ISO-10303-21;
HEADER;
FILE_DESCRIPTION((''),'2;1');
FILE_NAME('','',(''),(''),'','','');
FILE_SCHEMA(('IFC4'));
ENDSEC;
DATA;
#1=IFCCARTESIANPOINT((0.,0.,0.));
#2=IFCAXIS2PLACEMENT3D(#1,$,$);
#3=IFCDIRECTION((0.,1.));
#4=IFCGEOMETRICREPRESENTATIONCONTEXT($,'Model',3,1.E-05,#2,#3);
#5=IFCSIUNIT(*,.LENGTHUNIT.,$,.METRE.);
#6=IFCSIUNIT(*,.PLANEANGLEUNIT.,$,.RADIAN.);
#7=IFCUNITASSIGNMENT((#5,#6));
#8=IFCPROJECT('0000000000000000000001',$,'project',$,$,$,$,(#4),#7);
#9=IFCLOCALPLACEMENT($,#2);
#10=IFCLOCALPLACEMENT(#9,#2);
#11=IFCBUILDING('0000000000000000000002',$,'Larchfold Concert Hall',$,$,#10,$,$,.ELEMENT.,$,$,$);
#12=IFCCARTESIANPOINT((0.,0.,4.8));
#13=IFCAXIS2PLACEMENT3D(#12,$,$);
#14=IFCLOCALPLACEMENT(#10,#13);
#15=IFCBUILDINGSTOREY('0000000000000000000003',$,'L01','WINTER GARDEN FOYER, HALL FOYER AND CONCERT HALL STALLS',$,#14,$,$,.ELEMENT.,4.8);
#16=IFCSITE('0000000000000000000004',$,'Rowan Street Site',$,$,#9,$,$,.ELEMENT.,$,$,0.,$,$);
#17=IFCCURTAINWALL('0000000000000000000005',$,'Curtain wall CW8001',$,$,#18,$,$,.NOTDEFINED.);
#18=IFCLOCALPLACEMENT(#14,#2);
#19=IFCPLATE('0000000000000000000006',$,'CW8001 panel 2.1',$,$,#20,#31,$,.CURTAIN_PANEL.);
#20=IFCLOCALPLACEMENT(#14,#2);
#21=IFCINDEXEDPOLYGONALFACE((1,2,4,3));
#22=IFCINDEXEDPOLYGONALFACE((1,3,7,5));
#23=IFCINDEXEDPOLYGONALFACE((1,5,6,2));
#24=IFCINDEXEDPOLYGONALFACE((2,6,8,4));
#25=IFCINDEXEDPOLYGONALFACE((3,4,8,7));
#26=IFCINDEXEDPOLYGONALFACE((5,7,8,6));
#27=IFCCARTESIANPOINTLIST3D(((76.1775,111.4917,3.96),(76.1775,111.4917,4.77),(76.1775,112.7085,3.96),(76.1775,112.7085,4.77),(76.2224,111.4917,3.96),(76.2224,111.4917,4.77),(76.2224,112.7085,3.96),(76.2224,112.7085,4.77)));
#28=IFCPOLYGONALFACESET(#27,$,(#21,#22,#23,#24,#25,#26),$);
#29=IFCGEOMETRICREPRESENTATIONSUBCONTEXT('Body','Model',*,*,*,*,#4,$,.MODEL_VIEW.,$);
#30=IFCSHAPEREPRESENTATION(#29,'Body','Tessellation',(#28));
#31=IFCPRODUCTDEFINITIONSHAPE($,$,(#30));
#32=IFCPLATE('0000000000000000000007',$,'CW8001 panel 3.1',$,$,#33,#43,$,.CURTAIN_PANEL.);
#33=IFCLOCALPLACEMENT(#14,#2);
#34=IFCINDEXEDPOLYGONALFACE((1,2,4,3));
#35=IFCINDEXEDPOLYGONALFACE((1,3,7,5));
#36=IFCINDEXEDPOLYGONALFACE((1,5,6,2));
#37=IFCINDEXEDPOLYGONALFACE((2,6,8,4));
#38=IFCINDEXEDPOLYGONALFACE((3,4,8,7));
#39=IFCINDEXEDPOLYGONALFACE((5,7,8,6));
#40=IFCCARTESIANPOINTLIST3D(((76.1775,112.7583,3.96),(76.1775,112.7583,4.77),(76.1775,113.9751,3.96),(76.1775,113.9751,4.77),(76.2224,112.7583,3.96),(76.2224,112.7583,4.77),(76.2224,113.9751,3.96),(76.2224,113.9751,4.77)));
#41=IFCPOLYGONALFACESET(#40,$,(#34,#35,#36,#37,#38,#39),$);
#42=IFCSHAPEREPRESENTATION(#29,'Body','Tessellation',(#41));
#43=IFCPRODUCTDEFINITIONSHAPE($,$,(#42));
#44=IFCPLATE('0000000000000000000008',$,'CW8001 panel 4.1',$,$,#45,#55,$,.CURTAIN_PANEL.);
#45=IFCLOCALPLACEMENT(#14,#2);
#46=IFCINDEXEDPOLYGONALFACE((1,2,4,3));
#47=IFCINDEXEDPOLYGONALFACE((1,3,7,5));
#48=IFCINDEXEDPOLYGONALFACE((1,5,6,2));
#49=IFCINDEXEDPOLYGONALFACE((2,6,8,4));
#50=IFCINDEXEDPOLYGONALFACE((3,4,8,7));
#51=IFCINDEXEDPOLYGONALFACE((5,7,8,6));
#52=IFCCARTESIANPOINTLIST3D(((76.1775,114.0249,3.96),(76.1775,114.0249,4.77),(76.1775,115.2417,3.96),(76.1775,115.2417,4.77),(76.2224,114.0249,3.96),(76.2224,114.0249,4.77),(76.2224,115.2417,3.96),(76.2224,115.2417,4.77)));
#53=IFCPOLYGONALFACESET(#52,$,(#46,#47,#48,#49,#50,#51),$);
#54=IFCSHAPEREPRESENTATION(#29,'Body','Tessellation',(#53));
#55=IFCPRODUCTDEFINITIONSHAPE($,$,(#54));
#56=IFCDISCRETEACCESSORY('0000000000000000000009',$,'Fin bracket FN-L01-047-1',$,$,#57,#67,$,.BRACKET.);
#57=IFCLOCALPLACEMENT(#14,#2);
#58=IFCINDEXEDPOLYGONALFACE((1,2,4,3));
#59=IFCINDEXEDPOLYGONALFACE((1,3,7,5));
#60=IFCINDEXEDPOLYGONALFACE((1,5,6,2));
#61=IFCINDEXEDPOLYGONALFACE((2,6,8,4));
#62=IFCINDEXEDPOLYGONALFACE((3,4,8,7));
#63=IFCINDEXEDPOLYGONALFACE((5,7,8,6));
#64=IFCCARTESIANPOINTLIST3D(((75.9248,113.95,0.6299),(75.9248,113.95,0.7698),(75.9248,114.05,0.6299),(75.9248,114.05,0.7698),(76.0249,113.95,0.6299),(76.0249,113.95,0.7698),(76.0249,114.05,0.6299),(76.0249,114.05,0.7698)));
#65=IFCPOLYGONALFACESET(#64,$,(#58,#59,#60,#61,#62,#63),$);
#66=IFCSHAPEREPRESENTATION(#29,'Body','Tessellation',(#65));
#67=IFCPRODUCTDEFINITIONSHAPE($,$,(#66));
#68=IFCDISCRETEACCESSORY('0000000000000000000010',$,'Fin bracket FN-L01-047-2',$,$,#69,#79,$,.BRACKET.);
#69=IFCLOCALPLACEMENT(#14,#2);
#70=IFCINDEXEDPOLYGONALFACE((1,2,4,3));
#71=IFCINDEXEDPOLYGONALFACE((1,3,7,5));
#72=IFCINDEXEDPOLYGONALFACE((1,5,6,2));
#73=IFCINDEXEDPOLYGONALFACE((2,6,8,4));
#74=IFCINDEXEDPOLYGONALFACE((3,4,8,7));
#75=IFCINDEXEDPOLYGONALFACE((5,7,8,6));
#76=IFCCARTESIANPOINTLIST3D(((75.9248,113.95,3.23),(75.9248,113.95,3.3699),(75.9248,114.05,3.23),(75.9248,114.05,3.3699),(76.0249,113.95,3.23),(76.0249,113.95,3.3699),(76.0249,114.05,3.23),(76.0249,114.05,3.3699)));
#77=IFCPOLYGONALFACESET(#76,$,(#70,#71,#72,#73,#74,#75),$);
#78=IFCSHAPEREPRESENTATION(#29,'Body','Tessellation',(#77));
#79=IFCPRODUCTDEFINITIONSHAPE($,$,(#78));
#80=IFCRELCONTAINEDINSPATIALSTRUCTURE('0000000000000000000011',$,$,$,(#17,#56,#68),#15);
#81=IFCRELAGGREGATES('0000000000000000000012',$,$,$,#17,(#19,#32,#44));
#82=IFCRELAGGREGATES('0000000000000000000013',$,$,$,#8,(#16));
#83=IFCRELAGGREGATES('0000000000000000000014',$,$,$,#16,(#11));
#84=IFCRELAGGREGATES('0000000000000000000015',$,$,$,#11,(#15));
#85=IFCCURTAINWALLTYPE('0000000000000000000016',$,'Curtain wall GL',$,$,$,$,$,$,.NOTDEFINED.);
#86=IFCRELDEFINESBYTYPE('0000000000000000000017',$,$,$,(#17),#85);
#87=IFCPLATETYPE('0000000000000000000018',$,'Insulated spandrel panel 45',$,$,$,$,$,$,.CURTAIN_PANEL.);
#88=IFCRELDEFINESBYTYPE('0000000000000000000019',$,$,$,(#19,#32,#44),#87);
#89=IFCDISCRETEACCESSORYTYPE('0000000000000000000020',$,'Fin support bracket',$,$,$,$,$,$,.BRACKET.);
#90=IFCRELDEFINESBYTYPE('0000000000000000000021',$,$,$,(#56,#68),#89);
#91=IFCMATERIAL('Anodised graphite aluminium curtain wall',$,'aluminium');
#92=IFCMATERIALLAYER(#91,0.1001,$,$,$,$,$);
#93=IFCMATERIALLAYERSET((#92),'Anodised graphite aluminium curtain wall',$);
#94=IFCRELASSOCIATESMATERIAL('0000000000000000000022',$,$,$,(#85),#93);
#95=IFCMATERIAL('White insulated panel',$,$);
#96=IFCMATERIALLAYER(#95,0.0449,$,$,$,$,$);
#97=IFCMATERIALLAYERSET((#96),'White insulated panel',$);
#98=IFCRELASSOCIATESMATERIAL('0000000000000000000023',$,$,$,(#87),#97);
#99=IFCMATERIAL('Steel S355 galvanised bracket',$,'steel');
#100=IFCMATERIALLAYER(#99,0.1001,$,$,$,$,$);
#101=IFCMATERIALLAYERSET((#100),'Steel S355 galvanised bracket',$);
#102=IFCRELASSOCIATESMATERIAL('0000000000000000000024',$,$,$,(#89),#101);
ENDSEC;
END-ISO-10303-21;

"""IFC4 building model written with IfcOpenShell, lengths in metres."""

from ifc_helpers import new_model, si_unit, direction, frame, origin, origin_2d, place, context, subcontext, project, spatial, rectangle, extrude, material, layer, layer_set, type_object, element, aggregate, save


model = new_model("IFC4")

# Units and contexts
model_context = context("Model", 3, precision=1e-05, world=origin(), true_north=direction((0.0, 1.0)))
body_context = subcontext(model_context, "Body", "Model", "MODEL_VIEW")
ifc_project = project(units=[si_unit("LENGTHUNIT", "METRE"), si_unit("PLANEANGLEUNIT", "RADIAN")], contexts=[model_context])

# Site, building, storey
site_placement = place(None, origin())
site = spatial("IfcSite", under=ifc_project, at=site_placement, Name="Rowan Street Site", CompositionType="ELEMENT", RefElevation=0.0)
building_placement = place(site_placement, origin())
building = spatial("IfcBuilding", under=site, at=building_placement, Name="Larchfold Concert Hall", CompositionType="ELEMENT")
storey_placement = place(building_placement, frame((0.0, 0.0, 4.8)))
storey = spatial("IfcBuildingStorey", under=building, at=storey_placement, Name="L01", Description="WINTER GARDEN FOYER, HALL FOYER AND CONCERT HALL STALLS", CompositionType="ELEMENT", Elevation=4.8)

# Curtain wall
ifc_material_1 = material(Name="Anodised graphite aluminium curtain wall", Category="aluminium")
ifc_layer_1 = layer(ifc_material_1, 0.1001)
ifc_layer_set_1 = layer_set([ifc_layer_1], Name="Anodised graphite aluminium curtain wall")
curtain_wall_type = type_object("IfcCurtainWallType", Name="Curtain wall GL", PredefinedType="NOTDEFINED", material=ifc_layer_set_1)
curtain_wall_placement = place(storey_placement, origin())
curtain_wall = element("IfcCurtainWall", 1, at=curtain_wall_placement, inside=storey, type_object=curtain_wall_type, Name="Curtain wall CW8001", PredefinedType="NOTDEFINED")

# Plates
ifc_material_2 = material(Name="White insulated panel")
ifc_layer_2 = layer(ifc_material_2, 0.0449)
ifc_layer_set_2 = layer_set([ifc_layer_2], Name="White insulated panel")
plate_type_1 = type_object("IfcPlateType", Name="Insulated spandrel panel 45", PredefinedType="CURTAIN_PANEL", material=ifc_layer_set_2)
plate_1_placement = place(storey_placement, frame((76.2, 112.1001, 3.96), z_axis=(0.0, 0.0, 1.0), x_axis=(0.0, 1.0, 0.0)))
plate_1 = element("IfcPlate", 2, at=plate_1_placement, type_object=plate_type_1, Name="CW8001 panel 2.1", PredefinedType="CURTAIN_PANEL", context=body_context, shape_type="SweptSolid", body=[
    extrude(rectangle(XDim=1.2168, YDim=0.0449, at=origin_2d()), origin(), (0.0, 0.0, 1.0), 0.8101),
])
plate_2_placement = place(storey_placement, frame((76.2, 113.3667, 3.96), z_axis=(0.0, 0.0, 1.0), x_axis=(0.0, 1.0, 0.0)))
plate_2 = element("IfcPlate", 3, at=plate_2_placement, type_object=plate_type_1, Name="CW8001 panel 3.1", PredefinedType="CURTAIN_PANEL", context=body_context, shape_type="SweptSolid", body=[
    extrude(rectangle(XDim=1.2168, YDim=0.0449, at=origin_2d()), origin(), (0.0, 0.0, 1.0), 0.8101),
])
plate_3_placement = place(storey_placement, frame((76.2, 114.6333, 3.96), z_axis=(0.0, 0.0, 1.0), x_axis=(0.0, 1.0, 0.0)))
plate_3 = element("IfcPlate", 4, at=plate_3_placement, type_object=plate_type_1, Name="CW8001 panel 4.1", PredefinedType="CURTAIN_PANEL", context=body_context, shape_type="SweptSolid", body=[
    extrude(rectangle(XDim=1.2168, YDim=0.0449, at=origin_2d()), origin(), (0.0, 0.0, 1.0), 0.8101),
])
aggregate(curtain_wall, [plate_1, plate_2, plate_3])

# Discrete accessories
ifc_material_3 = material(Name="Steel S355 galvanised bracket", Category="steel")
ifc_layer_3 = layer(ifc_material_3, 0.1001)
ifc_layer_set_3 = layer_set([ifc_layer_3], Name="Steel S355 galvanised bracket")
discrete_accessory_type = type_object("IfcDiscreteAccessoryType", Name="Fin support bracket", PredefinedType="BRACKET", material=ifc_layer_set_3)
for number, where, z_axis, x_axis, name in (
    (5, (75.9749, 114.0, 0.6299), (0.0, 0.0, 1.0), (-1.0, 0.0, 0.0), "Fin bracket FN-L01-047-1"),
    (6, (75.9749, 114.0, 3.23), (0.0, 0.0, 1.0), (-1.0, 0.0, 0.0), "Fin bracket FN-L01-047-2"),
):
    element("IfcDiscreteAccessory", number, at=place(storey_placement, frame(where, z_axis=z_axis, x_axis=x_axis)), inside=storey, type_object=discrete_accessory_type, Name=name, PredefinedType="BRACKET", context=body_context, shape_type="SweptSolid", body=[
        extrude(rectangle(XDim=0.1001, YDim=0.1001, at=origin_2d()), origin(), (0.0, 0.0, 1.0), 0.1399),
    ])

save(model, "model.ifc")
